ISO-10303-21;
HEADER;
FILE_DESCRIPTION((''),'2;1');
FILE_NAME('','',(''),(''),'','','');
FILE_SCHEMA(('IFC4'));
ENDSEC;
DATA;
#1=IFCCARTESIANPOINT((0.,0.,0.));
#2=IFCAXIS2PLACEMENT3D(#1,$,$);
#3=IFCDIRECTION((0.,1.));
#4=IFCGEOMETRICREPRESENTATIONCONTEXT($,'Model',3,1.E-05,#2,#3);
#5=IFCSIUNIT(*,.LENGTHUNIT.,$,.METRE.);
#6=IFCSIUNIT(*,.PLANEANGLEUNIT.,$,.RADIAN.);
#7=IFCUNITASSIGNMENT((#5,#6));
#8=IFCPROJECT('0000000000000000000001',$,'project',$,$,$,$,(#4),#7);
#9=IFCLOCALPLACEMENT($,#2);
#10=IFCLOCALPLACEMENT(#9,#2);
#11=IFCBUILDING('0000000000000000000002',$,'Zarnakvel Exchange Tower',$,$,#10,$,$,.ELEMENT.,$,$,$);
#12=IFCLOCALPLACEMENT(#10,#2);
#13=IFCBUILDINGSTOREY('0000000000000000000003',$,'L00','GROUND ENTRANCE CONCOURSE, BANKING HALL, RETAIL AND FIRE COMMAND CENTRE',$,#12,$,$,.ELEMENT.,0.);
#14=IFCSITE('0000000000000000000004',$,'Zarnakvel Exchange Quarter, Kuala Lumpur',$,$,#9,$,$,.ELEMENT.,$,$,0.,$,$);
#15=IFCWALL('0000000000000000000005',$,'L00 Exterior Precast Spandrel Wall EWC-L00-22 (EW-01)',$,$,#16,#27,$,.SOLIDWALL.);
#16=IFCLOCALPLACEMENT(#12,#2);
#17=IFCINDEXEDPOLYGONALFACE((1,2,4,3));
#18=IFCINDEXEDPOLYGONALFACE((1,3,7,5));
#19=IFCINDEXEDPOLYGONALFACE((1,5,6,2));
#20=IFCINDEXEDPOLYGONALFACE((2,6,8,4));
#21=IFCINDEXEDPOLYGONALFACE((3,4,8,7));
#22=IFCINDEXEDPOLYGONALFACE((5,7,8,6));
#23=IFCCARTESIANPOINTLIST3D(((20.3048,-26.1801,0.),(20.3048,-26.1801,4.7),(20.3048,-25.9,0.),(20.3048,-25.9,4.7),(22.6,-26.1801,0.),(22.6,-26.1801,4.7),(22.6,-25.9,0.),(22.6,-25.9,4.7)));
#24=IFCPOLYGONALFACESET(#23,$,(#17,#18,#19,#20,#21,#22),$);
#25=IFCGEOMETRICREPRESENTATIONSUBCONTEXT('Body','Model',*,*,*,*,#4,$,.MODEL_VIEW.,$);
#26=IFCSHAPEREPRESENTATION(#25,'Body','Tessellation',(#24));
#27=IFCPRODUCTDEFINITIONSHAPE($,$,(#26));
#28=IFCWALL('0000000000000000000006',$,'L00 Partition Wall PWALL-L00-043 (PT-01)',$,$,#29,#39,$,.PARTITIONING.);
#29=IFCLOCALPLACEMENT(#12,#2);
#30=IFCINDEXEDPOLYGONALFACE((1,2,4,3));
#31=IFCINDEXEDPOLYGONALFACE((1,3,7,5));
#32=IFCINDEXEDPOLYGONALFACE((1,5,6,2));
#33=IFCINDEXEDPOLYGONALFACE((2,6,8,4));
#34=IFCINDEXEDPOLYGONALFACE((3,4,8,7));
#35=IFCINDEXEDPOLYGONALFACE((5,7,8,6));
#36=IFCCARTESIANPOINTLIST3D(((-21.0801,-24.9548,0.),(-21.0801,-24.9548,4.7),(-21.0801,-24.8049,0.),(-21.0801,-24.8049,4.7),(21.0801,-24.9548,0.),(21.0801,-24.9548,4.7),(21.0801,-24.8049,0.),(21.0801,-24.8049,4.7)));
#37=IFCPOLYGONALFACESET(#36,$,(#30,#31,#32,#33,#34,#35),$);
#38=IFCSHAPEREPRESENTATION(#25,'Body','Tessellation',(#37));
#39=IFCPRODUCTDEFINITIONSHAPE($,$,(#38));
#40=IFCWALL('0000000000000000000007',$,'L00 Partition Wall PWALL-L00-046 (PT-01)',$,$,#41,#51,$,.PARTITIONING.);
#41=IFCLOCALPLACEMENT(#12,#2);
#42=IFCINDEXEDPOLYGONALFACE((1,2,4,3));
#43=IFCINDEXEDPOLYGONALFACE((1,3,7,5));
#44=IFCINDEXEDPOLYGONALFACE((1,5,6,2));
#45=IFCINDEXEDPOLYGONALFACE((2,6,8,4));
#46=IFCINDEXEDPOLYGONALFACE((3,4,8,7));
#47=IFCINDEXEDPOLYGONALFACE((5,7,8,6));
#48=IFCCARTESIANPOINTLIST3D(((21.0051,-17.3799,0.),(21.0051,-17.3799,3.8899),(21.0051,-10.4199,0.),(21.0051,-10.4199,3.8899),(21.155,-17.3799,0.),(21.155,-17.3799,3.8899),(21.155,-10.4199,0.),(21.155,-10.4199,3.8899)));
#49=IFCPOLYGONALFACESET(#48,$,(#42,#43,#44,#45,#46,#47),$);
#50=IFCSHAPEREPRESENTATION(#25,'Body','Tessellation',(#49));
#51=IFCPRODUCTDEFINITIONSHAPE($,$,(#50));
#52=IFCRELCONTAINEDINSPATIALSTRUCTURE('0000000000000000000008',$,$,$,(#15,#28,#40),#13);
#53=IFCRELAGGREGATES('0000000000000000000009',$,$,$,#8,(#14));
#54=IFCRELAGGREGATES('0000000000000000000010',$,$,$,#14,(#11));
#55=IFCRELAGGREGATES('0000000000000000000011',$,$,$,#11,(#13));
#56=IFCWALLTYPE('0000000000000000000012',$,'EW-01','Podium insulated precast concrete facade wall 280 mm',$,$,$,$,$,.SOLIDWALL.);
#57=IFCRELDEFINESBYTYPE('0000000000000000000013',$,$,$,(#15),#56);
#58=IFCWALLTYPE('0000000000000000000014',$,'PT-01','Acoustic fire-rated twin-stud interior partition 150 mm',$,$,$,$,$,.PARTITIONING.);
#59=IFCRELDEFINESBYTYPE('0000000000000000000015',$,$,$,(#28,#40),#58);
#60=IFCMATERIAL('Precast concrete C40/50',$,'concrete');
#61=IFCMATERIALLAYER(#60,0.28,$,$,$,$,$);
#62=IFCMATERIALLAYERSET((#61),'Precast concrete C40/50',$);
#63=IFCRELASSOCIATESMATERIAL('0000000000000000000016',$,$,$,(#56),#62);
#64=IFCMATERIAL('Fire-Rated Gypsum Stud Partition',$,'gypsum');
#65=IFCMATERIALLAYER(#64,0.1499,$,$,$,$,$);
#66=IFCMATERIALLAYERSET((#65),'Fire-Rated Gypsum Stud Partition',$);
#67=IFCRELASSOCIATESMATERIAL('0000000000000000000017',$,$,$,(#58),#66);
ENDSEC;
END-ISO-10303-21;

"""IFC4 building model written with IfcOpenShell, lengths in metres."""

from ifc_helpers import new_model, si_unit, direction, frame, frame_2d, origin, place, context, subcontext, project, spatial, rectangle, extrude, material, layer, layer_set, type_object, element, save


model = new_model("IFC4")

# Units and contexts
model_context = context("Model", 3, precision=1e-05, world=origin(), true_north=direction((0.0, 1.0)))
body_context = subcontext(model_context, "Body", "Model", "MODEL_VIEW")
ifc_project = project(units=[si_unit("LENGTHUNIT", "METRE"), si_unit("PLANEANGLEUNIT", "RADIAN")], contexts=[model_context])

# Site, building, storey
site_placement = place(None, origin())
site = spatial("IfcSite", under=ifc_project, at=site_placement, Name="Zarnakvel Exchange Quarter, Kuala Lumpur", CompositionType="ELEMENT", RefElevation=0.0)
building_placement = place(site_placement, origin())
building = spatial("IfcBuilding", under=site, at=building_placement, Name="Zarnakvel Exchange Tower", CompositionType="ELEMENT")
storey_placement = place(building_placement, origin())
storey = spatial("IfcBuildingStorey", under=building, at=storey_placement, Name="L00", Description="GROUND ENTRANCE CONCOURSE, BANKING HALL, RETAIL AND FIRE COMMAND CENTRE", CompositionType="ELEMENT", Elevation=0.0)

# Walls
ifc_material_1 = material(Name="Precast concrete C40/50", Category="concrete")
ifc_layer_1 = layer(ifc_material_1, 0.28)
ifc_layer_set_1 = layer_set([ifc_layer_1], Name="Precast concrete C40/50")
wall_type_1 = type_object("IfcWallType", Name="EW-01", Description="Podium insulated precast concrete facade wall 280 mm", PredefinedType="SOLIDWALL", material=ifc_layer_set_1)
wall_1_placement = place(storey_placement, frame((20.3049, -26.04, 0.0), z_axis=(0.0, 0.0, 1.0), x_axis=(1.0, 0.0, 0.0)))
element("IfcWall", 1, at=wall_1_placement, inside=storey, type_object=wall_type_1, Name="L00 Exterior Precast Spandrel Wall EWC-L00-22 (EW-01)", PredefinedType="SOLIDWALL", context=body_context, shape_type="SweptSolid", body=[
    extrude(rectangle(XDim=2.2952, YDim=0.28, at=frame_2d((1.1475, 0.0))), origin(), (0.0, 0.0, 1.0), 4.7),
])
ifc_material_2 = material(Name="Fire-Rated Gypsum Stud Partition", Category="gypsum")
ifc_layer_2 = layer(ifc_material_2, 0.1499)
ifc_layer_set_2 = layer_set([ifc_layer_2], Name="Fire-Rated Gypsum Stud Partition")
wall_type_2 = type_object("IfcWallType", Name="PT-01", Description="Acoustic fire-rated twin-stud interior partition 150 mm", PredefinedType="PARTITIONING", material=ifc_layer_set_2)
wall_2_placement = place(storey_placement, frame((21.0801, -24.8799, 0.0), z_axis=(0.0, 0.0, 1.0), x_axis=(-1.0, 0.0, 0.0)))
element("IfcWall", 2, at=wall_2_placement, inside=storey, type_object=wall_type_2, Name="L00 Partition Wall PWALL-L00-043 (PT-01)", PredefinedType="PARTITIONING", context=body_context, shape_type="SweptSolid", body=[
    extrude(rectangle(XDim=42.1602, YDim=0.1499, at=frame_2d((21.0801, 0.0))), origin(), (0.0, 0.0, 1.0), 4.7),
])
wall_3_placement = place(storey_placement, frame((21.0801, -10.4199, 0.0), z_axis=(0.0, 0.0, 1.0), x_axis=(0.0, -1.0, 0.0)))
element("IfcWall", 3, at=wall_3_placement, inside=storey, type_object=wall_type_2, Name="L00 Partition Wall PWALL-L00-046 (PT-01)", PredefinedType="PARTITIONING", context=body_context, shape_type="SweptSolid", body=[
    extrude(rectangle(XDim=6.96, YDim=0.1499, at=frame_2d((3.48, 0.0))), origin(), (0.0, 0.0, 1.0), 3.8899),
])

save(model, "model.ifc")
